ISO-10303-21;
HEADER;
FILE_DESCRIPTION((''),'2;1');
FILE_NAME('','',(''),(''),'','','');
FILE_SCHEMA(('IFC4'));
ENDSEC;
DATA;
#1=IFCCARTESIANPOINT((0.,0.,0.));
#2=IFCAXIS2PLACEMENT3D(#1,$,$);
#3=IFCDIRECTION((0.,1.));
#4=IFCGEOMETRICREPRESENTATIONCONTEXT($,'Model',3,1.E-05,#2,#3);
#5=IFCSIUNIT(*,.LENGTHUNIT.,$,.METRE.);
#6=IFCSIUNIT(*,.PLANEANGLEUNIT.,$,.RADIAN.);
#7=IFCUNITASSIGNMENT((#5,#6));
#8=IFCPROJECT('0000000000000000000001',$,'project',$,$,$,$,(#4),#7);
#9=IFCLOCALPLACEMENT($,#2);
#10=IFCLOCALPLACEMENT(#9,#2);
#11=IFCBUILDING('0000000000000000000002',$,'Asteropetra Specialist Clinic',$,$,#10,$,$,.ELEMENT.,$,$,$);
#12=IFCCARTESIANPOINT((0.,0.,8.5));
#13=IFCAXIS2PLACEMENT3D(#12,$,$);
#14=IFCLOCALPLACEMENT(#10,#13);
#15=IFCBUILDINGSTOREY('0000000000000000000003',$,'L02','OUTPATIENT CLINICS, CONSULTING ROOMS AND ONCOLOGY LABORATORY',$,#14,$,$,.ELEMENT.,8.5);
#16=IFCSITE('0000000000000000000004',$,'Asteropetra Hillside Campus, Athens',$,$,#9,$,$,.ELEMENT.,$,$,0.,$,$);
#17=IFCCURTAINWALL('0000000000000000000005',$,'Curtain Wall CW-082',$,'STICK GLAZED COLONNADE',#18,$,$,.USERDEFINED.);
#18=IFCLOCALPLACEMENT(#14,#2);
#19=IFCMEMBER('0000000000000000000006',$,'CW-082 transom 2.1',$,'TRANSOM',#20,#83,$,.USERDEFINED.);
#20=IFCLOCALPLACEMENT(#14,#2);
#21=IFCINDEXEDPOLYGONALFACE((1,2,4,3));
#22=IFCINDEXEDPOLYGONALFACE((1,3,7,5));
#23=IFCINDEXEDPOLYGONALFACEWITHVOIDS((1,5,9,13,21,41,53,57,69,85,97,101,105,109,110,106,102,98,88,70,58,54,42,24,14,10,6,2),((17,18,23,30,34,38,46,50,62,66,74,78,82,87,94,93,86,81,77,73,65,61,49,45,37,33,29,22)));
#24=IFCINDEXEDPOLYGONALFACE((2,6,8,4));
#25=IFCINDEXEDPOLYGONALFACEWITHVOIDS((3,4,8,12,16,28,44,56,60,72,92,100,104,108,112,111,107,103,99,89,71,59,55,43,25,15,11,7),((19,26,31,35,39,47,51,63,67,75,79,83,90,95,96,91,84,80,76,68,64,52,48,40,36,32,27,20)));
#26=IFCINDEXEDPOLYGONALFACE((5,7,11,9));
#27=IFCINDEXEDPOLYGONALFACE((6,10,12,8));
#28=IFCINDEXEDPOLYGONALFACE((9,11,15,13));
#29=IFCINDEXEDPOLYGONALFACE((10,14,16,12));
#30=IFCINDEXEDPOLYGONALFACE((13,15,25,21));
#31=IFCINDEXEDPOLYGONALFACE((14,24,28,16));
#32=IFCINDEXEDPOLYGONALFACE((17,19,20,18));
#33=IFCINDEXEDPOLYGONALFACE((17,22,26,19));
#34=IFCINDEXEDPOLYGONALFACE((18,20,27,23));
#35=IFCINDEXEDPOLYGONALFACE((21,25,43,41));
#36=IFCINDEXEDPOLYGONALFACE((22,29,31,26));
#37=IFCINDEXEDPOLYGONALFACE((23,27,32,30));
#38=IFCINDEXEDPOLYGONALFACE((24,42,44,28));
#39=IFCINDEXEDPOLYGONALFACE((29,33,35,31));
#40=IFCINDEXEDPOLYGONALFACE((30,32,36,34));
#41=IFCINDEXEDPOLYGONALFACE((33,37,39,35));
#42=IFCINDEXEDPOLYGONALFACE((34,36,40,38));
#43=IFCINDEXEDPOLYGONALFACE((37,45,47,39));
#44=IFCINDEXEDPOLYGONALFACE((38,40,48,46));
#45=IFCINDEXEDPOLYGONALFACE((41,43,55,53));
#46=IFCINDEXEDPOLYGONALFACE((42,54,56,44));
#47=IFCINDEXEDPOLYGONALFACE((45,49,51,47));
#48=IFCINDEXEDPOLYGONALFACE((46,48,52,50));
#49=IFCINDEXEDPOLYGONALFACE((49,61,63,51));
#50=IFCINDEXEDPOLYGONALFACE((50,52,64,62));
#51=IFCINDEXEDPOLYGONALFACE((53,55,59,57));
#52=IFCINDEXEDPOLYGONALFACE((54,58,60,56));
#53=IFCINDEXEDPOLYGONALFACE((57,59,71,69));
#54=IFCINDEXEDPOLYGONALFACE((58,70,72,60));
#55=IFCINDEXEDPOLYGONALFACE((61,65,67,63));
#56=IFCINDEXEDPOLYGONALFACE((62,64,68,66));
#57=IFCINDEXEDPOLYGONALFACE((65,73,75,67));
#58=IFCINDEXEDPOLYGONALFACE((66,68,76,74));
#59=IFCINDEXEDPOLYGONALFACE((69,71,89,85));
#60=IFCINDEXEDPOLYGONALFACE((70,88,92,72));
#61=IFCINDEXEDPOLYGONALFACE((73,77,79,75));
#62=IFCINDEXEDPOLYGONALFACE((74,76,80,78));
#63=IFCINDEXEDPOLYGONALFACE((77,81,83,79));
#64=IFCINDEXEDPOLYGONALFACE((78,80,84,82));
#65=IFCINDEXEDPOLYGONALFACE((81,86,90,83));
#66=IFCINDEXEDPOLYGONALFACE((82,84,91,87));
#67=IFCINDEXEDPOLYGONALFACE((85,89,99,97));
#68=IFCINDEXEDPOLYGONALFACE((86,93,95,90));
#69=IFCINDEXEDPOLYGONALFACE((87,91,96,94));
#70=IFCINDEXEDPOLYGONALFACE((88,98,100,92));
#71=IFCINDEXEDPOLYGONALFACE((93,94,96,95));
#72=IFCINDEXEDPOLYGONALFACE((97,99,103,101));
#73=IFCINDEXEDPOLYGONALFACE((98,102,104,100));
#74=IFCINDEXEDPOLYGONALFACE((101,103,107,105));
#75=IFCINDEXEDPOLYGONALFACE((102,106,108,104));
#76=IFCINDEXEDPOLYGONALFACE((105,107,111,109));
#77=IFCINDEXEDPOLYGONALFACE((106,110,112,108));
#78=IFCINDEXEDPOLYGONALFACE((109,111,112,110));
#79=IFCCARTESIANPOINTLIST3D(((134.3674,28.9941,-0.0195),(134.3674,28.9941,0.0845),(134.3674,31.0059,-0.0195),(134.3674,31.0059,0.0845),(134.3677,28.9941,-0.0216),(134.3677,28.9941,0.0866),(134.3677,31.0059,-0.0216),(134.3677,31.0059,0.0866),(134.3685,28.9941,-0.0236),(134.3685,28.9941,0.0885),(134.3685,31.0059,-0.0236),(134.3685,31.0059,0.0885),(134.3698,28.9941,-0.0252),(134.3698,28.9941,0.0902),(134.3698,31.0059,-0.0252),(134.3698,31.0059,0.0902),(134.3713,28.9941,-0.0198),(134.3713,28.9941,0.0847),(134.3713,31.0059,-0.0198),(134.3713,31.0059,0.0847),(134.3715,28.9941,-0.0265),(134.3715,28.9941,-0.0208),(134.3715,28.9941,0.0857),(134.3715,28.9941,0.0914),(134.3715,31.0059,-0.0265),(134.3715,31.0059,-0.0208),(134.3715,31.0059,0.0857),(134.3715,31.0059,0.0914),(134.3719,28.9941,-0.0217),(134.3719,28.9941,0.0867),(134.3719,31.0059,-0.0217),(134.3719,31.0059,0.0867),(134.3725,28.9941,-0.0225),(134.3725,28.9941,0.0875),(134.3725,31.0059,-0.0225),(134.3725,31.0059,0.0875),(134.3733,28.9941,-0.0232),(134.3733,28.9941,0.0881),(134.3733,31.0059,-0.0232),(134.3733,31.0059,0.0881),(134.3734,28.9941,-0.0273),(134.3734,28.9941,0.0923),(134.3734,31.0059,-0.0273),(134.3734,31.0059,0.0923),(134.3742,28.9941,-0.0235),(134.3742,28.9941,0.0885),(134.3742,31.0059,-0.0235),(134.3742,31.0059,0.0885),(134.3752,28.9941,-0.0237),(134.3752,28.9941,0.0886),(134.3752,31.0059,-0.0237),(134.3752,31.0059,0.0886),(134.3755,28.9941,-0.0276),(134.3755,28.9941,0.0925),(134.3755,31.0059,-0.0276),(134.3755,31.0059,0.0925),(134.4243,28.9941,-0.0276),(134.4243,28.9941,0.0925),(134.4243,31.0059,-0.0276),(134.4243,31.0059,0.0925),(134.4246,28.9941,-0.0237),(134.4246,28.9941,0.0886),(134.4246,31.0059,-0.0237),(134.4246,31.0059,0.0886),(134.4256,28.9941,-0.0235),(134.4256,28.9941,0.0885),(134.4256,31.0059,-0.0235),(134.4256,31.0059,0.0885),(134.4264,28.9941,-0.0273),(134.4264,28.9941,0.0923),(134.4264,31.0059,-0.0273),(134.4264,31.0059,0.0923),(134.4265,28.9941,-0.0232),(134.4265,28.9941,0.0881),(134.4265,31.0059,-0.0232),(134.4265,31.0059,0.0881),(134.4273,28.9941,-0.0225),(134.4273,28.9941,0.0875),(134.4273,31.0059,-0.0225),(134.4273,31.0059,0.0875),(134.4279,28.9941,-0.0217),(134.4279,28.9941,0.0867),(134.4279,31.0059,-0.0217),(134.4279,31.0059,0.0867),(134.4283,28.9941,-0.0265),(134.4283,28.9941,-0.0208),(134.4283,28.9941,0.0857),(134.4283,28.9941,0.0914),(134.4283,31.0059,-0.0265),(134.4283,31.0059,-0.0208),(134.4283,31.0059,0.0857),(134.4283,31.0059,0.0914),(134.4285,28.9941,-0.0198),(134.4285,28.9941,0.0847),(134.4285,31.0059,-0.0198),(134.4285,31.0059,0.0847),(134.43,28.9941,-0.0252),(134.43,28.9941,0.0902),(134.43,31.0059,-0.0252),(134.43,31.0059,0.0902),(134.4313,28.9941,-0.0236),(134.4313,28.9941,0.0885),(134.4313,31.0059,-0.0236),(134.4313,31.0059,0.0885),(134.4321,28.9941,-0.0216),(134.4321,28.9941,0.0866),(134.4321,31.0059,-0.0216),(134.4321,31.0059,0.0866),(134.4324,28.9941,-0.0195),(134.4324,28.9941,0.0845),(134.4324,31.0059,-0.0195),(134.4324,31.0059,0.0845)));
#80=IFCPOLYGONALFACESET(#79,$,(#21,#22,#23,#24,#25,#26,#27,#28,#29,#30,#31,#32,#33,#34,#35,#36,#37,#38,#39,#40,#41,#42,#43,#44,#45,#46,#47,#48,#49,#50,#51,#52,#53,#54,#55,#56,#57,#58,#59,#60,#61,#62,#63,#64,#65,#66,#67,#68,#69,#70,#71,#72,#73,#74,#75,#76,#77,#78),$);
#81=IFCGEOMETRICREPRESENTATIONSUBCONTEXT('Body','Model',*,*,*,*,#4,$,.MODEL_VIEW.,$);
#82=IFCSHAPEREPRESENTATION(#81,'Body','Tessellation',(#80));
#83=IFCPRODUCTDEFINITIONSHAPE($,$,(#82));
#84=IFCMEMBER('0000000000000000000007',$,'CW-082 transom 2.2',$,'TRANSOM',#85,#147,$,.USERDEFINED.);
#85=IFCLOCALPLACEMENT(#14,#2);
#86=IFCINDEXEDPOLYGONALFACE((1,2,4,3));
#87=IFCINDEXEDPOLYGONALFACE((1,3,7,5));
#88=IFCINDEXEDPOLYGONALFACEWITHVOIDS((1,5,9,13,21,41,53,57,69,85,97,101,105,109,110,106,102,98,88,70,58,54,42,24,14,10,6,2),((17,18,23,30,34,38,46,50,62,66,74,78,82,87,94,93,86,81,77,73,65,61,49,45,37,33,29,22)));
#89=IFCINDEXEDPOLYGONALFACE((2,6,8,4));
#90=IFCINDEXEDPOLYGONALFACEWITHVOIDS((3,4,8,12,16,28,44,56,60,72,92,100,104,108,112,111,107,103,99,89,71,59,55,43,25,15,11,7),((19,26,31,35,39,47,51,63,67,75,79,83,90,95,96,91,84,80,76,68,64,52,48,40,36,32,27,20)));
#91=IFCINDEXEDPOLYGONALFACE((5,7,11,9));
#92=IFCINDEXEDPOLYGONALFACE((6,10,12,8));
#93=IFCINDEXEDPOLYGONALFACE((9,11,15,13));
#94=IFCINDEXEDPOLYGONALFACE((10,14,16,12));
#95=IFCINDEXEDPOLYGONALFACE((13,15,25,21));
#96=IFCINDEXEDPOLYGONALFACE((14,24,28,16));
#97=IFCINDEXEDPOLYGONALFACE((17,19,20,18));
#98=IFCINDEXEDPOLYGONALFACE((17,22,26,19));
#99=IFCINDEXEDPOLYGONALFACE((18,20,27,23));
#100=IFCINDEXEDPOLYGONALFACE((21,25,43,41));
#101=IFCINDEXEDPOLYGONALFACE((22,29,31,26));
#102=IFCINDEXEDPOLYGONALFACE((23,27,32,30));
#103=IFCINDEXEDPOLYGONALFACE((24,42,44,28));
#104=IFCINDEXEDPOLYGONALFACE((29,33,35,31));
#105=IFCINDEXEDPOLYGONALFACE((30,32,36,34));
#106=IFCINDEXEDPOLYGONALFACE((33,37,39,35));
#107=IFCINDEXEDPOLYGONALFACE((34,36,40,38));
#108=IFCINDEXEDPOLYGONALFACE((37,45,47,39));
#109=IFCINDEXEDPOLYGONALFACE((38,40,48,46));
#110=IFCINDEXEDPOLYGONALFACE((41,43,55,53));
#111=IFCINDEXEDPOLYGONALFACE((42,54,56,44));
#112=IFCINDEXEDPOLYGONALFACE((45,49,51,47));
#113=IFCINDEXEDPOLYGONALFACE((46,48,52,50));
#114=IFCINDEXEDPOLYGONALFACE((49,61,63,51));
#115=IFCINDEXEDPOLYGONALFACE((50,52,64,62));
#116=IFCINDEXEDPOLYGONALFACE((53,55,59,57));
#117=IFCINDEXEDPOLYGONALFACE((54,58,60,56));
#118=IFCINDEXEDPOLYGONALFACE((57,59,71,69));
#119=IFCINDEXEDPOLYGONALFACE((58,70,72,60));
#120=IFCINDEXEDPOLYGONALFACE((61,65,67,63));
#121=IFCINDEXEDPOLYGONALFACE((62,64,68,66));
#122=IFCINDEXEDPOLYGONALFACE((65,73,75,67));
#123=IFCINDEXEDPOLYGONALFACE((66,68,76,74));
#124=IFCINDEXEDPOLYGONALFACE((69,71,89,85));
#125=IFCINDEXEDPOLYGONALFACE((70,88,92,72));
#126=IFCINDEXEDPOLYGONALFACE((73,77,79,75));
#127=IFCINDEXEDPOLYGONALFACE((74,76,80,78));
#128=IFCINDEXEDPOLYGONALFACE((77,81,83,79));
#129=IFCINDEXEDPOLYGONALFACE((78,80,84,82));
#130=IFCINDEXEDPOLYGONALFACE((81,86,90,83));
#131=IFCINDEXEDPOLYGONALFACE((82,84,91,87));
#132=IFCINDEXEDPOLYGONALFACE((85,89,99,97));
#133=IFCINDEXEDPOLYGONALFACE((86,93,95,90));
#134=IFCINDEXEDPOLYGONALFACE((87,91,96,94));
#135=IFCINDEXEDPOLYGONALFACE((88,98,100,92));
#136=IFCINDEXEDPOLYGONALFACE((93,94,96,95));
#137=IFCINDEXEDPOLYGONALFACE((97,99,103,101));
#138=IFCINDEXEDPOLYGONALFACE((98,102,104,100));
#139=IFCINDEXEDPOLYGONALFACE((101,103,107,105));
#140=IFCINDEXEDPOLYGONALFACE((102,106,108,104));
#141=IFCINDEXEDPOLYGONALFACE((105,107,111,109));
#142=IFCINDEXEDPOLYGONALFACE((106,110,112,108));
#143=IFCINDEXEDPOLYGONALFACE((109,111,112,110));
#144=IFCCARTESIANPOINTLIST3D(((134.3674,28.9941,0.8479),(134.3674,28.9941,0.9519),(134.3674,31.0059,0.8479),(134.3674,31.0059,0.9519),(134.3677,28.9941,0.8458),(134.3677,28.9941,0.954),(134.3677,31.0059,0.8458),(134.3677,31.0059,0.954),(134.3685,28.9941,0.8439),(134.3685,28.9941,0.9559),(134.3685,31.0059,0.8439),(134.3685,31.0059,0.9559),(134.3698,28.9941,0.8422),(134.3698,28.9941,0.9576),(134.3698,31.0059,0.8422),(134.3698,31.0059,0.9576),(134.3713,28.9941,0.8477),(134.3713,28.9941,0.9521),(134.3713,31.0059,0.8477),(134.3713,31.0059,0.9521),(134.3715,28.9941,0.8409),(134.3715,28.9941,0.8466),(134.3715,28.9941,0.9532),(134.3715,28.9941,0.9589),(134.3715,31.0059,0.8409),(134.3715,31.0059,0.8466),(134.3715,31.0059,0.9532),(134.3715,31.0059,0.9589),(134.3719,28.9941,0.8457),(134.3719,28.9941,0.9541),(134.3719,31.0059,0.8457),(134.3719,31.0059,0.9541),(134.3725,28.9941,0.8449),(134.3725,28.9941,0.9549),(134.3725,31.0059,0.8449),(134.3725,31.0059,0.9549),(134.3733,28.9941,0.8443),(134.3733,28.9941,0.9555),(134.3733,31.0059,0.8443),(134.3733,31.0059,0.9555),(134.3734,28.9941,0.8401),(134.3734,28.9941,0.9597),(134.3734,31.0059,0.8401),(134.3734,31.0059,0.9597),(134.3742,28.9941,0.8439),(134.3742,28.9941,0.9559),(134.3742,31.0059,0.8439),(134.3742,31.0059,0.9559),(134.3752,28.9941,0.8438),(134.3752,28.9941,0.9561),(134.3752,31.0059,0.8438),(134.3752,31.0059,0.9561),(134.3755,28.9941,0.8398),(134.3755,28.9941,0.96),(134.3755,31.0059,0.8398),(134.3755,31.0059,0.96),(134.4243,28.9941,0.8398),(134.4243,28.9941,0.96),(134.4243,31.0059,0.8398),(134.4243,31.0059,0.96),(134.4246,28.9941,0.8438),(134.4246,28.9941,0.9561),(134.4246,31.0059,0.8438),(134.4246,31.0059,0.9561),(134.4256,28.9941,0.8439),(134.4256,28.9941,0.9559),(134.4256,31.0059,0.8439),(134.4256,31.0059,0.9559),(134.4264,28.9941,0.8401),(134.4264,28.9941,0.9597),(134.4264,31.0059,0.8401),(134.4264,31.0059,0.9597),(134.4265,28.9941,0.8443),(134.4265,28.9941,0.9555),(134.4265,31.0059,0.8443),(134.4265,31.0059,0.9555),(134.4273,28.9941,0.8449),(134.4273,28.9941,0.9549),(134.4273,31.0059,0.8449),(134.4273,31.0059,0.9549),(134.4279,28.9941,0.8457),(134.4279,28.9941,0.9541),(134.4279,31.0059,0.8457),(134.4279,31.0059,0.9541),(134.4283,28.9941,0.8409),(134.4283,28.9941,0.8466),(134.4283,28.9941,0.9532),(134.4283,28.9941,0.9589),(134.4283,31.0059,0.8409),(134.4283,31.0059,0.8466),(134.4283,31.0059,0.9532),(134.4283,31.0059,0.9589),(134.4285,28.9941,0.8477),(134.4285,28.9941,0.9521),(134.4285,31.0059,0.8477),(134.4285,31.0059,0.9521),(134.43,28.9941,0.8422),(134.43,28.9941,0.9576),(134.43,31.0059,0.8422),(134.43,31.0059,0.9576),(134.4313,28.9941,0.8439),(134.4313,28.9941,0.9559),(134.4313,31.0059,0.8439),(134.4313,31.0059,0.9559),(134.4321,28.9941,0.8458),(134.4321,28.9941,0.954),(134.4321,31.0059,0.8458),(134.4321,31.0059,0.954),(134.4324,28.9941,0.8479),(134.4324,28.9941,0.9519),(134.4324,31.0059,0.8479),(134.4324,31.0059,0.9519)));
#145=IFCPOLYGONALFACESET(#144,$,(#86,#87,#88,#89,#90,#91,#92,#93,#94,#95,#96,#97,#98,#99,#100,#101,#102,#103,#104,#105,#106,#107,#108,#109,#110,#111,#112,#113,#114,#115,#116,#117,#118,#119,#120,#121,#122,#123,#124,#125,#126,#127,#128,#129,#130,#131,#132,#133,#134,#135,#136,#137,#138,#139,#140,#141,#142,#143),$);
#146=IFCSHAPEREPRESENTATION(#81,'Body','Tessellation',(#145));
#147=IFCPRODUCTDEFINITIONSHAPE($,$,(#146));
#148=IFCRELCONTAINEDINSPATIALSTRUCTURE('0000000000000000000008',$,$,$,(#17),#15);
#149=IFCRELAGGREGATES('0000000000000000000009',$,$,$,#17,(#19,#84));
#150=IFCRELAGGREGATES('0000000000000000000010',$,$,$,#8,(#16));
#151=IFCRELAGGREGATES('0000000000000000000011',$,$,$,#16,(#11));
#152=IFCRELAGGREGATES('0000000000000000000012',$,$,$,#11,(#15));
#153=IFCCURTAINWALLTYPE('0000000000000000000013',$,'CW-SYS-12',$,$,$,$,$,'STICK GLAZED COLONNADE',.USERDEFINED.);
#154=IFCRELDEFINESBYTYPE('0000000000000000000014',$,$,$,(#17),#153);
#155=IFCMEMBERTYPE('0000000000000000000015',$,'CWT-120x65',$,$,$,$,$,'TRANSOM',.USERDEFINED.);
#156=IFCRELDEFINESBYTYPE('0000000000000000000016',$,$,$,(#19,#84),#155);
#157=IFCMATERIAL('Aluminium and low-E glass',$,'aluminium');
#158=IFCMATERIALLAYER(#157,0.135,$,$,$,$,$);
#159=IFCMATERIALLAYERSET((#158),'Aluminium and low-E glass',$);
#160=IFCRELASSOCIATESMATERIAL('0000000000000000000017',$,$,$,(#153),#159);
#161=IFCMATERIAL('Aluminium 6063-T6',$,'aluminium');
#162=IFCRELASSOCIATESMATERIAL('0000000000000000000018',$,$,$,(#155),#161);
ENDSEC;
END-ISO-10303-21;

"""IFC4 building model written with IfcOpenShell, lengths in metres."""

from ifc_helpers import new_model, si_unit, direction, frame, origin, origin_2d, place, context, subcontext, project, spatial, hollow_rectangle, extrude, material, layer, layer_set, material_profile, profile_set, type_object, element, aggregate, save


model = new_model("IFC4")

# Units and contexts
model_context = context("Model", 3, precision=1e-05, world=origin(), true_north=direction((0.0, 1.0)))
body_context = subcontext(model_context, "Body", "Model", "MODEL_VIEW")
ifc_project = project(units=[si_unit("LENGTHUNIT", "METRE"), si_unit("PLANEANGLEUNIT", "RADIAN")], contexts=[model_context])

# Site, building, storey
site_placement = place(None, origin())
site = spatial("IfcSite", under=ifc_project, at=site_placement, Name="Asteropetra Hillside Campus, Athens", CompositionType="ELEMENT", RefElevation=0.0)
building_placement = place(site_placement, origin())
building = spatial("IfcBuilding", under=site, at=building_placement, Name="Asteropetra Specialist Clinic", CompositionType="ELEMENT")
storey_placement = place(building_placement, frame((0.0, 0.0, 8.5)))
storey = spatial("IfcBuildingStorey", under=building, at=storey_placement, Name="L02", Description="OUTPATIENT CLINICS, CONSULTING ROOMS AND ONCOLOGY LABORATORY", CompositionType="ELEMENT", Elevation=8.5)

# Curtain wall, members
ifc_material_1 = material(Name="Aluminium and low-E glass", Category="aluminium")
ifc_layer_1 = layer(ifc_material_1, 0.135)
ifc_layer_set_1 = layer_set([ifc_layer_1], Name="Aluminium and low-E glass")
curtain_wall_type_1 = type_object("IfcCurtainWallType", Name="CW-SYS-12", ElementType="STICK GLAZED COLONNADE", PredefinedType="USERDEFINED", material=ifc_layer_set_1)
curtain_wall_1_placement = place(storey_placement, origin())
curtain_wall_1 = element("IfcCurtainWall", 1, at=curtain_wall_1_placement, inside=storey, type_object=curtain_wall_type_1, Name="Curtain Wall CW-082", ObjectType="STICK GLAZED COLONNADE", PredefinedType="USERDEFINED")
ifc_material_2 = material(Name="Aluminium 6063-T6", Category="aluminium")
ifc_material_profile_1 = material_profile(ifc_material_2, hollow_rectangle(XDim=0.0649, YDim=0.1201, WallThickness=0.0039, InnerFilletRadius=0.0039, OuterFilletRadius=0.0081, at=origin_2d()), Name="TRN 120x65x4.0")
ifc_profile_set_1 = profile_set([ifc_material_profile_1], Name="Aluminium 6063-T6")
member_type_1 = type_object("IfcMemberType", Name="CWT-120x65", ElementType="TRANSOM", PredefinedType="USERDEFINED", material=ifc_profile_set_1)
member_1_placement = place(storey_placement, frame((134.3999, 28.9941, 0.0325), z_axis=(0.0, 1.0, 0.0), x_axis=(-1.0, 0.0, 0.0)))
member_1 = element("IfcMember", 2, at=member_1_placement, type_object=member_type_1, Name="CW-082 transom 2.1", ObjectType="TRANSOM", PredefinedType="USERDEFINED", context=body_context, shape_type="SweptSolid", body=[
    extrude(hollow_rectangle(XDim=0.0649, YDim=0.1201, WallThickness=0.0039, InnerFilletRadius=0.0039, OuterFilletRadius=0.0081, at=origin_2d()), origin(), (0.0, 0.0, 1.0), 2.0117),
])
member_2_placement = place(storey_placement, frame((134.3999, 28.9941, 0.8999), z_axis=(0.0, 1.0, 0.0), x_axis=(-1.0, 0.0, 0.0)))
member_2 = element("IfcMember", 3, at=member_2_placement, type_object=member_type_1, Name="CW-082 transom 2.2", ObjectType="TRANSOM", PredefinedType="USERDEFINED", context=body_context, shape_type="SweptSolid", body=[
    extrude(hollow_rectangle(XDim=0.0649, YDim=0.1201, WallThickness=0.0039, InnerFilletRadius=0.0039, OuterFilletRadius=0.0081, at=origin_2d()), origin(), (0.0, 0.0, 1.0), 2.0117),
])

aggregate(curtain_wall_1, [member_1, member_2])

save(model, "model.ifc")
